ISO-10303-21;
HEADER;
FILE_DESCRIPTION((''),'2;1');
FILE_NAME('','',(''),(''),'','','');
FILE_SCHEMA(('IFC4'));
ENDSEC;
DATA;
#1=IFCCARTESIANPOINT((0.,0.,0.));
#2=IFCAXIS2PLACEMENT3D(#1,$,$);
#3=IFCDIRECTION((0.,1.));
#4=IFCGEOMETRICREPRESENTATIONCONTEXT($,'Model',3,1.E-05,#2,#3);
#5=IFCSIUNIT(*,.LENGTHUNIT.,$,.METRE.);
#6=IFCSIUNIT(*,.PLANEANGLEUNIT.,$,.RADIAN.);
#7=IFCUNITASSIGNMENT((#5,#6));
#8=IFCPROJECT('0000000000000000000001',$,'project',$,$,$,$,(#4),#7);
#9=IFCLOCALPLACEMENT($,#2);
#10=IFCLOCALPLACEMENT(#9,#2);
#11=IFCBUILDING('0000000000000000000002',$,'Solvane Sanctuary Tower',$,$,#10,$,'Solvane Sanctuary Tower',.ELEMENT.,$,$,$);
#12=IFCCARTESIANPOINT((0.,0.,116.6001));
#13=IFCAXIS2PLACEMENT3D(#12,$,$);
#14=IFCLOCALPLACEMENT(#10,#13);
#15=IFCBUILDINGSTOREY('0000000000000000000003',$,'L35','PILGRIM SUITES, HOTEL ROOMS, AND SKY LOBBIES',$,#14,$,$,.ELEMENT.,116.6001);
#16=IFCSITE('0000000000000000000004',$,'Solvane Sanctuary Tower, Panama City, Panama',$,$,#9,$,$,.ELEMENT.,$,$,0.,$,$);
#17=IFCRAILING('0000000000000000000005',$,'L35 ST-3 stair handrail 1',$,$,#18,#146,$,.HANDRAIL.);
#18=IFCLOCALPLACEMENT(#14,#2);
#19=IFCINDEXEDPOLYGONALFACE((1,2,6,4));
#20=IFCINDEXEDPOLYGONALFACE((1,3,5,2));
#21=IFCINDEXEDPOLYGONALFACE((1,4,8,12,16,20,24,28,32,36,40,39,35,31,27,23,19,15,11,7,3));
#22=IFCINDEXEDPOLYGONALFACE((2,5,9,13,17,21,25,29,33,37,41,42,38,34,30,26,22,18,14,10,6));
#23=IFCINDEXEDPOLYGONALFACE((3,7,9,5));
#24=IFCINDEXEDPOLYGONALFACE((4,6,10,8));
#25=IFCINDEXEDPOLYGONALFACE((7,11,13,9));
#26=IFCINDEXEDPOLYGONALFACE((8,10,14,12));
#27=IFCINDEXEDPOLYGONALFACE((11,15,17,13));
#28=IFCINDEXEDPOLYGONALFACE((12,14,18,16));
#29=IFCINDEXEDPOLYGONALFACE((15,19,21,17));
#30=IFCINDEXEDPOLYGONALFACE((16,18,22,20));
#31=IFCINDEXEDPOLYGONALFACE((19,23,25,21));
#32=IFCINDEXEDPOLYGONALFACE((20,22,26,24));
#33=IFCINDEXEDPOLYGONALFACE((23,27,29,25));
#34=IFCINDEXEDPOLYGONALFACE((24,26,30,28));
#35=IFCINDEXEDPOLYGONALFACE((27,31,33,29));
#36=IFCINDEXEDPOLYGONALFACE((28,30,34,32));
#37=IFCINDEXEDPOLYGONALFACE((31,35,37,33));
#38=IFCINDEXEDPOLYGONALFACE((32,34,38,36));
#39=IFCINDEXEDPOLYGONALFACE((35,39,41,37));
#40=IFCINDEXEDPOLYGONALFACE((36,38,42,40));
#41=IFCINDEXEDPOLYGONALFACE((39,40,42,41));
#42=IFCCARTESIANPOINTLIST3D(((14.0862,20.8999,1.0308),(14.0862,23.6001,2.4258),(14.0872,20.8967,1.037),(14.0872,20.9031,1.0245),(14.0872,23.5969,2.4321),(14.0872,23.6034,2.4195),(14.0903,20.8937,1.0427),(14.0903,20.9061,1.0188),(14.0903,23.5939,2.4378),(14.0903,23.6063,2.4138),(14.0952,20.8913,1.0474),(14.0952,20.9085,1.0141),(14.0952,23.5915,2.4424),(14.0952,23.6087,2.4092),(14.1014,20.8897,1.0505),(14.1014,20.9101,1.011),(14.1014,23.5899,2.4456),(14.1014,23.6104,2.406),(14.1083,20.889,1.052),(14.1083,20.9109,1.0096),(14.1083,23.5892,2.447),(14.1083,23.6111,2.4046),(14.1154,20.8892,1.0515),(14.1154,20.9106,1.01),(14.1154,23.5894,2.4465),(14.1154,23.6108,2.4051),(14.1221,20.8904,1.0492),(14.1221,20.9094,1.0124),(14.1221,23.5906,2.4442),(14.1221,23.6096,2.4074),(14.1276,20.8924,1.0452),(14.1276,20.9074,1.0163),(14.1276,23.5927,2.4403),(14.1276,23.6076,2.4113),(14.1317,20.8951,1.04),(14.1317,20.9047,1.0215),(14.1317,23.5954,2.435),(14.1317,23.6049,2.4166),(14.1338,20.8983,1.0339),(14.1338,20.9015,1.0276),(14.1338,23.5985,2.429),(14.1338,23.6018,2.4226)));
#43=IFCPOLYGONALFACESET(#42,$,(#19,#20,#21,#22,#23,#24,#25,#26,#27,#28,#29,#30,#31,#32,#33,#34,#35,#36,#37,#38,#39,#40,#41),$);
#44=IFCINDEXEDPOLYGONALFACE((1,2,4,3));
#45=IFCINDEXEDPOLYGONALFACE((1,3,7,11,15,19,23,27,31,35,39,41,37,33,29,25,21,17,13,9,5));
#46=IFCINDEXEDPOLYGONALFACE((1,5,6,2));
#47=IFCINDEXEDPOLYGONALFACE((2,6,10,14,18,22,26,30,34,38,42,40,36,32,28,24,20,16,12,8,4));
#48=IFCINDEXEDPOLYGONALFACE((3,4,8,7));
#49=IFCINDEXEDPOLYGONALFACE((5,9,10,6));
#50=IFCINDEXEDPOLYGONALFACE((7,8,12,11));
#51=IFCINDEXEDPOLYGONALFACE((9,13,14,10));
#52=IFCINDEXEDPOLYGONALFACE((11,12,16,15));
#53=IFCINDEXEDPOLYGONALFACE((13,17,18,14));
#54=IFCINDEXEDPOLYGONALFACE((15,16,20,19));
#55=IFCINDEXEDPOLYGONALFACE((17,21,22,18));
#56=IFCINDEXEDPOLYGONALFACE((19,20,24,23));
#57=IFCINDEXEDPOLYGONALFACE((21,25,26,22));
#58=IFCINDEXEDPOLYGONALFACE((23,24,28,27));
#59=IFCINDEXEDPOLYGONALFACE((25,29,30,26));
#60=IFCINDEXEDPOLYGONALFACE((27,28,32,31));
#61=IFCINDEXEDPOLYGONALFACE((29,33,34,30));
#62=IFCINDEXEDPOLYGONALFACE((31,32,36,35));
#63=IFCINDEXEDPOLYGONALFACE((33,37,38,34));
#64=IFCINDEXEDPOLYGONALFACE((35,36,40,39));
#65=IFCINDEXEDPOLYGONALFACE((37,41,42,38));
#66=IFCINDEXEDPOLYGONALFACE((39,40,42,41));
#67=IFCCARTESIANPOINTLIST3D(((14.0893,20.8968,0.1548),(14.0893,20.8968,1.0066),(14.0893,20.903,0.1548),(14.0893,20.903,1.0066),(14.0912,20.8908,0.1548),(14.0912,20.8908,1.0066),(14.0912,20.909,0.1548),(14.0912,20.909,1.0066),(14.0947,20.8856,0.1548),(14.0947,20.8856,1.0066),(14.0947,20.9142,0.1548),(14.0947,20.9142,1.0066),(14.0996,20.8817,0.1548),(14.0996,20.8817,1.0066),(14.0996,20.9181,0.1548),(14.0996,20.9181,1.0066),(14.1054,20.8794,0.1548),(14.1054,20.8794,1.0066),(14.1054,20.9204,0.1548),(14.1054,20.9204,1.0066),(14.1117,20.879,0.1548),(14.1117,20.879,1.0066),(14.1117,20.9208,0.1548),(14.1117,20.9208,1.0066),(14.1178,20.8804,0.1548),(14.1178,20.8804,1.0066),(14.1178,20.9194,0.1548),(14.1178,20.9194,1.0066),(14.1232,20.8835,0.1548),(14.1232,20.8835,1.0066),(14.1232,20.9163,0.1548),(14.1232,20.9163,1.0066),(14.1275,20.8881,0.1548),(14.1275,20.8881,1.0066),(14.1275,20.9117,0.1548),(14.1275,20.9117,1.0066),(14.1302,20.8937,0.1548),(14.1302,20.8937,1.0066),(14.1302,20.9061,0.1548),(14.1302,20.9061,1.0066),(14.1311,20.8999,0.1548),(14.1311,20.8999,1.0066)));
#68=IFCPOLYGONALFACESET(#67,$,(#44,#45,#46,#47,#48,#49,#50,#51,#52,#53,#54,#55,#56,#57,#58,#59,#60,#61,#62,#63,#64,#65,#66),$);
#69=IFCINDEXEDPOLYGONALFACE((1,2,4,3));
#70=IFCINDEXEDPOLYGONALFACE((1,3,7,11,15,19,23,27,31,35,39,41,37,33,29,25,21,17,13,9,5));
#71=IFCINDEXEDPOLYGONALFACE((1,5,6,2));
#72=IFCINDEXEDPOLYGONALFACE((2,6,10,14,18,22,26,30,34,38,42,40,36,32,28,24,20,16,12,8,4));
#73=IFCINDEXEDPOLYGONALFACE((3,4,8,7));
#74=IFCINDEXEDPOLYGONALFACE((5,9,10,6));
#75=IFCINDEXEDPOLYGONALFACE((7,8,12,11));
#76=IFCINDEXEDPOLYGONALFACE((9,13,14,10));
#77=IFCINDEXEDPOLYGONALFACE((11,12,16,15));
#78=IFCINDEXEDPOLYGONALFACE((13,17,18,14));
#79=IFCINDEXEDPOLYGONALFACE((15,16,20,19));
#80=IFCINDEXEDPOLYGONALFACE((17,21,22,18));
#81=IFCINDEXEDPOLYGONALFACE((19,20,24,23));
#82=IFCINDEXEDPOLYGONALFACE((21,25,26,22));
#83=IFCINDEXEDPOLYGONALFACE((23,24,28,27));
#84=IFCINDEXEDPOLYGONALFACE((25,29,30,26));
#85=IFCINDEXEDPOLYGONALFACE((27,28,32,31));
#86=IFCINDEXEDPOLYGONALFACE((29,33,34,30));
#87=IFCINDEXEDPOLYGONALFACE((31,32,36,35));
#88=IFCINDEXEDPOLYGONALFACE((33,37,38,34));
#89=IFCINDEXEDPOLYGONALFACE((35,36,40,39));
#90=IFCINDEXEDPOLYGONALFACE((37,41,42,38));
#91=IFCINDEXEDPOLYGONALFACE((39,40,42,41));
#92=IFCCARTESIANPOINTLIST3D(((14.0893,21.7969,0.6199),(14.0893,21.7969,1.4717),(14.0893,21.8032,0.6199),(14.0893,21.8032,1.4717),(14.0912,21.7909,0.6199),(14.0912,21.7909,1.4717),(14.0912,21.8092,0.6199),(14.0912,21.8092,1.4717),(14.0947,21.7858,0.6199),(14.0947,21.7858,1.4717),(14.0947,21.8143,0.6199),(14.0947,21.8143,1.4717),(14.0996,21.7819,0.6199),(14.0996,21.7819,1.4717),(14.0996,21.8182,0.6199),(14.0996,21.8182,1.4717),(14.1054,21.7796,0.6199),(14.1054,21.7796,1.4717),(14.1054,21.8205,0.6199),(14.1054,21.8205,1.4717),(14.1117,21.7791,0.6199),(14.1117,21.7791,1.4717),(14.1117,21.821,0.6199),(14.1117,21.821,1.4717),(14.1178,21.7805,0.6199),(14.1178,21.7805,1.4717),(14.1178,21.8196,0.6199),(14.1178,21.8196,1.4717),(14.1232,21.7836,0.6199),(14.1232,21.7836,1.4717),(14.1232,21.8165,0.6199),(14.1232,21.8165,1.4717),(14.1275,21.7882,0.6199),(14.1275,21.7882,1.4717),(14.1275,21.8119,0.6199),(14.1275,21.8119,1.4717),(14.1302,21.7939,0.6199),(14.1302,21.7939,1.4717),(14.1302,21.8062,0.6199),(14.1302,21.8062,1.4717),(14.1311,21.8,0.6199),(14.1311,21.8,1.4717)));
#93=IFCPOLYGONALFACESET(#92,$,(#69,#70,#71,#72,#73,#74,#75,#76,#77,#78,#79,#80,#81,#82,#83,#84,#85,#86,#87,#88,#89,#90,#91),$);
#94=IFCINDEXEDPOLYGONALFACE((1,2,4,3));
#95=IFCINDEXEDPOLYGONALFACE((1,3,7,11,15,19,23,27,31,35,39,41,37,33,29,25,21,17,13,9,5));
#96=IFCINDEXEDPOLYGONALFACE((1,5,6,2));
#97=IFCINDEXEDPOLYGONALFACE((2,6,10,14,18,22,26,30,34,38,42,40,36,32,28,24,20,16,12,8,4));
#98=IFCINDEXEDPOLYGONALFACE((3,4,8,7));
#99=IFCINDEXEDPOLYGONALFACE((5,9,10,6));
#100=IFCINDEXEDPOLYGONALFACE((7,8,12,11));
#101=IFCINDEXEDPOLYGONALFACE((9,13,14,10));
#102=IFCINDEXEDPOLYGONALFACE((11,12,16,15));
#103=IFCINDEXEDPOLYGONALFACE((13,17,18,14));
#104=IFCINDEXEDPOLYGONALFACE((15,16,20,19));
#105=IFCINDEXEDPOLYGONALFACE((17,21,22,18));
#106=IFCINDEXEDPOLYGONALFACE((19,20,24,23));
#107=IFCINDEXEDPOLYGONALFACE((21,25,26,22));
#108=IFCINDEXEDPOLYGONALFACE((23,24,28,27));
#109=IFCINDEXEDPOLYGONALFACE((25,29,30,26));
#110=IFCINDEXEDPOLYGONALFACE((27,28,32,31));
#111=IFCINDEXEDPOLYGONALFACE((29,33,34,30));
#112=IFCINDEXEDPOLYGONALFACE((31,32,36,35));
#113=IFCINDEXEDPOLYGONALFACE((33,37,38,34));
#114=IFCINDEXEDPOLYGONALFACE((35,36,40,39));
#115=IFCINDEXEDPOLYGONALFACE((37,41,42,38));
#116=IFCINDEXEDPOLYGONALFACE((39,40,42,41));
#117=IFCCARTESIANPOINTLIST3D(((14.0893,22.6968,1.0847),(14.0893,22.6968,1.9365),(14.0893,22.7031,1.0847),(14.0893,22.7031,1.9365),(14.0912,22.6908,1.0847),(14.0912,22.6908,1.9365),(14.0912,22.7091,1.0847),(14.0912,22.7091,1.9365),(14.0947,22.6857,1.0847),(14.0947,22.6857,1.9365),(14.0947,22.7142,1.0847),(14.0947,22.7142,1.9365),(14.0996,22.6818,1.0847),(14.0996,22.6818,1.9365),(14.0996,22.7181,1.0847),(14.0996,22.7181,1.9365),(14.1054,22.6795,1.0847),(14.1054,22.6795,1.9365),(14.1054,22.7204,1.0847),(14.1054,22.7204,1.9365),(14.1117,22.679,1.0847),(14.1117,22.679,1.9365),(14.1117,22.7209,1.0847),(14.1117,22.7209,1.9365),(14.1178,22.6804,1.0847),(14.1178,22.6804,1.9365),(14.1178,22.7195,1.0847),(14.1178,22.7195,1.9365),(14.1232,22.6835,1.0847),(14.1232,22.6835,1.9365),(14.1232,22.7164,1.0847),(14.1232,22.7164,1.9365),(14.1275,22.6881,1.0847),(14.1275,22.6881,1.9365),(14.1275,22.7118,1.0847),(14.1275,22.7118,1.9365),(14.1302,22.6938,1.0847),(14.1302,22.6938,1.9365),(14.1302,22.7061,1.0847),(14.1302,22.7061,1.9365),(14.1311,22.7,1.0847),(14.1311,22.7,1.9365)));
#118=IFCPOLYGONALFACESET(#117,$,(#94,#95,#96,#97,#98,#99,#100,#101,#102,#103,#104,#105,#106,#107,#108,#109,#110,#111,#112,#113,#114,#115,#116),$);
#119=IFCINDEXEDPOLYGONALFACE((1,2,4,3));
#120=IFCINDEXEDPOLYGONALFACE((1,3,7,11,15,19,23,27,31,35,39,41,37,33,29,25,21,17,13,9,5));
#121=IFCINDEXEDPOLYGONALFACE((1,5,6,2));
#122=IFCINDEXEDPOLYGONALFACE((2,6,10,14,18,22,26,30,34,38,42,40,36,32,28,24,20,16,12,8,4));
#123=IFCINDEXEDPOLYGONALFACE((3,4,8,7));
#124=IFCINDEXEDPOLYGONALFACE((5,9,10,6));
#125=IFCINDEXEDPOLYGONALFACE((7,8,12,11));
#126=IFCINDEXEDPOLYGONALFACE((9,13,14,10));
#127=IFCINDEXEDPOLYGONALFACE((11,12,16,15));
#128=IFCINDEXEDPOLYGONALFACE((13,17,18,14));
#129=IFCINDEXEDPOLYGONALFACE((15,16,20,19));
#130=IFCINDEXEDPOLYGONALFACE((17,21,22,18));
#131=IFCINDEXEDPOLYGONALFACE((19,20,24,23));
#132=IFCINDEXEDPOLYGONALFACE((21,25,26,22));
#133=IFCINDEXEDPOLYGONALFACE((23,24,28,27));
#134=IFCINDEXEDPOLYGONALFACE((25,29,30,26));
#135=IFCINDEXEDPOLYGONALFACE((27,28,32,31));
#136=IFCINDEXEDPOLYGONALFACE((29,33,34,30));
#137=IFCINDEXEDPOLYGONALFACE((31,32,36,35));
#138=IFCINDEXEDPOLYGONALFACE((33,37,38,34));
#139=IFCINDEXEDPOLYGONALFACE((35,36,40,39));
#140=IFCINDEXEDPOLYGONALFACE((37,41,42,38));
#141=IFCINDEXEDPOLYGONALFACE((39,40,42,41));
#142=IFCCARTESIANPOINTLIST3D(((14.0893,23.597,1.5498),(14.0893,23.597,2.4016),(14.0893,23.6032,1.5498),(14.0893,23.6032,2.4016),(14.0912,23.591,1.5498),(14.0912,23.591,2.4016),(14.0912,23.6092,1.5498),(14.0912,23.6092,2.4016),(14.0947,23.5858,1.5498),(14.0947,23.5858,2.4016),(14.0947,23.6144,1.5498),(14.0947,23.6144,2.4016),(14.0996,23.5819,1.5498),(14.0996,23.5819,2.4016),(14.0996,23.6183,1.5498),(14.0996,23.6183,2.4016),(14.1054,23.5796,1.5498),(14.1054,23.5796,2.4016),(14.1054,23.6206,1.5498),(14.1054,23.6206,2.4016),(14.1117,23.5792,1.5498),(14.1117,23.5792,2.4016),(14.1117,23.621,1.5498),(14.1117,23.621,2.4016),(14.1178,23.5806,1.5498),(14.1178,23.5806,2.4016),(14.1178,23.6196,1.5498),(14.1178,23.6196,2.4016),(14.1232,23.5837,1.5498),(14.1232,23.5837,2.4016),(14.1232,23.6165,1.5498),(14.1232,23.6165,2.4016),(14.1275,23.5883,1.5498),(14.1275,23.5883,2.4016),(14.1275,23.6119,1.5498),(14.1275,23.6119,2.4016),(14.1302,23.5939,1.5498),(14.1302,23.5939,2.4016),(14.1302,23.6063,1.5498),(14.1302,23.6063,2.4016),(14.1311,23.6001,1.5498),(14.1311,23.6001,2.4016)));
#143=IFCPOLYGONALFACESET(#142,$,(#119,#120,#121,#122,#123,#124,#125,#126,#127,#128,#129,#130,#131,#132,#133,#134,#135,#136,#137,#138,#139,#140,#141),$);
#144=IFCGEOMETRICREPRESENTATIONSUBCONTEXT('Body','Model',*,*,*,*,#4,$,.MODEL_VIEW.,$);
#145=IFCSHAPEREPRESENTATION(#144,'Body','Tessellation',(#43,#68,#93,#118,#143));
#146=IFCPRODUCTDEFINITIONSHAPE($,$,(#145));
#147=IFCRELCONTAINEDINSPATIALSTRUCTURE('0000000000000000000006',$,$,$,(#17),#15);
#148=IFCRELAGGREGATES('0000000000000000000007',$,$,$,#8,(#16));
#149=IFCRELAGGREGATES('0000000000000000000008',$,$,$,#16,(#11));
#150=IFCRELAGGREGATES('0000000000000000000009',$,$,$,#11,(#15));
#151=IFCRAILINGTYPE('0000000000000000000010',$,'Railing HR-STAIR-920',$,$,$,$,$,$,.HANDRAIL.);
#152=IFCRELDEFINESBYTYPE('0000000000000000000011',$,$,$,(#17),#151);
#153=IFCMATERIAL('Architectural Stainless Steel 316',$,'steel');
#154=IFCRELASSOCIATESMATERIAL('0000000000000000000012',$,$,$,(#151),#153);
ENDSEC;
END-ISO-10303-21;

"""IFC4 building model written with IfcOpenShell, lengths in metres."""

from ifc_helpers import new_model, si_unit, direction, frame, origin, origin_2d, place, context, subcontext, project, spatial, circle, extrude, material, type_object, element, save


model = new_model("IFC4")

# Units and contexts
model_context = context("Model", 3, precision=1e-05, world=origin(), true_north=direction((0.0, 1.0)))
body_context = subcontext(model_context, "Body", "Model", "MODEL_VIEW")
ifc_project = project(units=[si_unit("LENGTHUNIT", "METRE"), si_unit("PLANEANGLEUNIT", "RADIAN")], contexts=[model_context])

# Site, building, storey
site_placement = place(None, origin())
site = spatial("IfcSite", under=ifc_project, at=site_placement, Name="Solvane Sanctuary Tower, Panama City, Panama", CompositionType="ELEMENT", RefElevation=0.0)
building_placement = place(site_placement, origin())
building = spatial("IfcBuilding", under=site, at=building_placement, Name="Solvane Sanctuary Tower", LongName="Solvane Sanctuary Tower", CompositionType="ELEMENT")
storey_placement = place(building_placement, frame((0.0, 0.0, 116.6001)))
storey = spatial("IfcBuildingStorey", under=building, at=storey_placement, Name="L35", Description="PILGRIM SUITES, HOTEL ROOMS, AND SKY LOBBIES", CompositionType="ELEMENT", Elevation=116.6001)

# Railing
ifc_material_1 = material(Name="Architectural Stainless Steel 316", Category="steel")
railing_type_1 = type_object("IfcRailingType", Name="Railing HR-STAIR-920", PredefinedType="HANDRAIL", material=ifc_material_1)
railing_1_placement = place(storey_placement, frame((14.1101, 20.8999, 0.1548)))
element("IfcRailing", 1, at=railing_1_placement, inside=storey, type_object=railing_type_1, Name="L35 ST-3 stair handrail 1", PredefinedType="HANDRAIL", context=body_context, shape_type="SweptSolid", body=[
    extrude(circle(Radius=0.0239, at=origin_2d()), frame((0.0, 0.0, 0.876), z_axis=(0.0, 0.888437, 0.458999), x_axis=(-1.0, 0.0, 0.0)), (0.0, 0.0, 1.0), 3.0393),
    extrude(circle(Radius=0.021, at=origin_2d()), origin(), (0.0, 0.0, 1.0), 0.8518),
    extrude(circle(Radius=0.021, at=origin_2d()), frame((0.0, 0.9001, 0.4651)), (0.0, 0.0, 1.0), 0.8518),
    extrude(circle(Radius=0.021, at=origin_2d()), frame((0.0, 1.8, 0.9299)), (0.0, 0.0, 1.0), 0.8518),
    extrude(circle(Radius=0.021, at=origin_2d()), frame((0.0, 2.7002, 1.395)), (0.0, 0.0, 1.0), 0.8518),
])

save(model, "model.ifc")
